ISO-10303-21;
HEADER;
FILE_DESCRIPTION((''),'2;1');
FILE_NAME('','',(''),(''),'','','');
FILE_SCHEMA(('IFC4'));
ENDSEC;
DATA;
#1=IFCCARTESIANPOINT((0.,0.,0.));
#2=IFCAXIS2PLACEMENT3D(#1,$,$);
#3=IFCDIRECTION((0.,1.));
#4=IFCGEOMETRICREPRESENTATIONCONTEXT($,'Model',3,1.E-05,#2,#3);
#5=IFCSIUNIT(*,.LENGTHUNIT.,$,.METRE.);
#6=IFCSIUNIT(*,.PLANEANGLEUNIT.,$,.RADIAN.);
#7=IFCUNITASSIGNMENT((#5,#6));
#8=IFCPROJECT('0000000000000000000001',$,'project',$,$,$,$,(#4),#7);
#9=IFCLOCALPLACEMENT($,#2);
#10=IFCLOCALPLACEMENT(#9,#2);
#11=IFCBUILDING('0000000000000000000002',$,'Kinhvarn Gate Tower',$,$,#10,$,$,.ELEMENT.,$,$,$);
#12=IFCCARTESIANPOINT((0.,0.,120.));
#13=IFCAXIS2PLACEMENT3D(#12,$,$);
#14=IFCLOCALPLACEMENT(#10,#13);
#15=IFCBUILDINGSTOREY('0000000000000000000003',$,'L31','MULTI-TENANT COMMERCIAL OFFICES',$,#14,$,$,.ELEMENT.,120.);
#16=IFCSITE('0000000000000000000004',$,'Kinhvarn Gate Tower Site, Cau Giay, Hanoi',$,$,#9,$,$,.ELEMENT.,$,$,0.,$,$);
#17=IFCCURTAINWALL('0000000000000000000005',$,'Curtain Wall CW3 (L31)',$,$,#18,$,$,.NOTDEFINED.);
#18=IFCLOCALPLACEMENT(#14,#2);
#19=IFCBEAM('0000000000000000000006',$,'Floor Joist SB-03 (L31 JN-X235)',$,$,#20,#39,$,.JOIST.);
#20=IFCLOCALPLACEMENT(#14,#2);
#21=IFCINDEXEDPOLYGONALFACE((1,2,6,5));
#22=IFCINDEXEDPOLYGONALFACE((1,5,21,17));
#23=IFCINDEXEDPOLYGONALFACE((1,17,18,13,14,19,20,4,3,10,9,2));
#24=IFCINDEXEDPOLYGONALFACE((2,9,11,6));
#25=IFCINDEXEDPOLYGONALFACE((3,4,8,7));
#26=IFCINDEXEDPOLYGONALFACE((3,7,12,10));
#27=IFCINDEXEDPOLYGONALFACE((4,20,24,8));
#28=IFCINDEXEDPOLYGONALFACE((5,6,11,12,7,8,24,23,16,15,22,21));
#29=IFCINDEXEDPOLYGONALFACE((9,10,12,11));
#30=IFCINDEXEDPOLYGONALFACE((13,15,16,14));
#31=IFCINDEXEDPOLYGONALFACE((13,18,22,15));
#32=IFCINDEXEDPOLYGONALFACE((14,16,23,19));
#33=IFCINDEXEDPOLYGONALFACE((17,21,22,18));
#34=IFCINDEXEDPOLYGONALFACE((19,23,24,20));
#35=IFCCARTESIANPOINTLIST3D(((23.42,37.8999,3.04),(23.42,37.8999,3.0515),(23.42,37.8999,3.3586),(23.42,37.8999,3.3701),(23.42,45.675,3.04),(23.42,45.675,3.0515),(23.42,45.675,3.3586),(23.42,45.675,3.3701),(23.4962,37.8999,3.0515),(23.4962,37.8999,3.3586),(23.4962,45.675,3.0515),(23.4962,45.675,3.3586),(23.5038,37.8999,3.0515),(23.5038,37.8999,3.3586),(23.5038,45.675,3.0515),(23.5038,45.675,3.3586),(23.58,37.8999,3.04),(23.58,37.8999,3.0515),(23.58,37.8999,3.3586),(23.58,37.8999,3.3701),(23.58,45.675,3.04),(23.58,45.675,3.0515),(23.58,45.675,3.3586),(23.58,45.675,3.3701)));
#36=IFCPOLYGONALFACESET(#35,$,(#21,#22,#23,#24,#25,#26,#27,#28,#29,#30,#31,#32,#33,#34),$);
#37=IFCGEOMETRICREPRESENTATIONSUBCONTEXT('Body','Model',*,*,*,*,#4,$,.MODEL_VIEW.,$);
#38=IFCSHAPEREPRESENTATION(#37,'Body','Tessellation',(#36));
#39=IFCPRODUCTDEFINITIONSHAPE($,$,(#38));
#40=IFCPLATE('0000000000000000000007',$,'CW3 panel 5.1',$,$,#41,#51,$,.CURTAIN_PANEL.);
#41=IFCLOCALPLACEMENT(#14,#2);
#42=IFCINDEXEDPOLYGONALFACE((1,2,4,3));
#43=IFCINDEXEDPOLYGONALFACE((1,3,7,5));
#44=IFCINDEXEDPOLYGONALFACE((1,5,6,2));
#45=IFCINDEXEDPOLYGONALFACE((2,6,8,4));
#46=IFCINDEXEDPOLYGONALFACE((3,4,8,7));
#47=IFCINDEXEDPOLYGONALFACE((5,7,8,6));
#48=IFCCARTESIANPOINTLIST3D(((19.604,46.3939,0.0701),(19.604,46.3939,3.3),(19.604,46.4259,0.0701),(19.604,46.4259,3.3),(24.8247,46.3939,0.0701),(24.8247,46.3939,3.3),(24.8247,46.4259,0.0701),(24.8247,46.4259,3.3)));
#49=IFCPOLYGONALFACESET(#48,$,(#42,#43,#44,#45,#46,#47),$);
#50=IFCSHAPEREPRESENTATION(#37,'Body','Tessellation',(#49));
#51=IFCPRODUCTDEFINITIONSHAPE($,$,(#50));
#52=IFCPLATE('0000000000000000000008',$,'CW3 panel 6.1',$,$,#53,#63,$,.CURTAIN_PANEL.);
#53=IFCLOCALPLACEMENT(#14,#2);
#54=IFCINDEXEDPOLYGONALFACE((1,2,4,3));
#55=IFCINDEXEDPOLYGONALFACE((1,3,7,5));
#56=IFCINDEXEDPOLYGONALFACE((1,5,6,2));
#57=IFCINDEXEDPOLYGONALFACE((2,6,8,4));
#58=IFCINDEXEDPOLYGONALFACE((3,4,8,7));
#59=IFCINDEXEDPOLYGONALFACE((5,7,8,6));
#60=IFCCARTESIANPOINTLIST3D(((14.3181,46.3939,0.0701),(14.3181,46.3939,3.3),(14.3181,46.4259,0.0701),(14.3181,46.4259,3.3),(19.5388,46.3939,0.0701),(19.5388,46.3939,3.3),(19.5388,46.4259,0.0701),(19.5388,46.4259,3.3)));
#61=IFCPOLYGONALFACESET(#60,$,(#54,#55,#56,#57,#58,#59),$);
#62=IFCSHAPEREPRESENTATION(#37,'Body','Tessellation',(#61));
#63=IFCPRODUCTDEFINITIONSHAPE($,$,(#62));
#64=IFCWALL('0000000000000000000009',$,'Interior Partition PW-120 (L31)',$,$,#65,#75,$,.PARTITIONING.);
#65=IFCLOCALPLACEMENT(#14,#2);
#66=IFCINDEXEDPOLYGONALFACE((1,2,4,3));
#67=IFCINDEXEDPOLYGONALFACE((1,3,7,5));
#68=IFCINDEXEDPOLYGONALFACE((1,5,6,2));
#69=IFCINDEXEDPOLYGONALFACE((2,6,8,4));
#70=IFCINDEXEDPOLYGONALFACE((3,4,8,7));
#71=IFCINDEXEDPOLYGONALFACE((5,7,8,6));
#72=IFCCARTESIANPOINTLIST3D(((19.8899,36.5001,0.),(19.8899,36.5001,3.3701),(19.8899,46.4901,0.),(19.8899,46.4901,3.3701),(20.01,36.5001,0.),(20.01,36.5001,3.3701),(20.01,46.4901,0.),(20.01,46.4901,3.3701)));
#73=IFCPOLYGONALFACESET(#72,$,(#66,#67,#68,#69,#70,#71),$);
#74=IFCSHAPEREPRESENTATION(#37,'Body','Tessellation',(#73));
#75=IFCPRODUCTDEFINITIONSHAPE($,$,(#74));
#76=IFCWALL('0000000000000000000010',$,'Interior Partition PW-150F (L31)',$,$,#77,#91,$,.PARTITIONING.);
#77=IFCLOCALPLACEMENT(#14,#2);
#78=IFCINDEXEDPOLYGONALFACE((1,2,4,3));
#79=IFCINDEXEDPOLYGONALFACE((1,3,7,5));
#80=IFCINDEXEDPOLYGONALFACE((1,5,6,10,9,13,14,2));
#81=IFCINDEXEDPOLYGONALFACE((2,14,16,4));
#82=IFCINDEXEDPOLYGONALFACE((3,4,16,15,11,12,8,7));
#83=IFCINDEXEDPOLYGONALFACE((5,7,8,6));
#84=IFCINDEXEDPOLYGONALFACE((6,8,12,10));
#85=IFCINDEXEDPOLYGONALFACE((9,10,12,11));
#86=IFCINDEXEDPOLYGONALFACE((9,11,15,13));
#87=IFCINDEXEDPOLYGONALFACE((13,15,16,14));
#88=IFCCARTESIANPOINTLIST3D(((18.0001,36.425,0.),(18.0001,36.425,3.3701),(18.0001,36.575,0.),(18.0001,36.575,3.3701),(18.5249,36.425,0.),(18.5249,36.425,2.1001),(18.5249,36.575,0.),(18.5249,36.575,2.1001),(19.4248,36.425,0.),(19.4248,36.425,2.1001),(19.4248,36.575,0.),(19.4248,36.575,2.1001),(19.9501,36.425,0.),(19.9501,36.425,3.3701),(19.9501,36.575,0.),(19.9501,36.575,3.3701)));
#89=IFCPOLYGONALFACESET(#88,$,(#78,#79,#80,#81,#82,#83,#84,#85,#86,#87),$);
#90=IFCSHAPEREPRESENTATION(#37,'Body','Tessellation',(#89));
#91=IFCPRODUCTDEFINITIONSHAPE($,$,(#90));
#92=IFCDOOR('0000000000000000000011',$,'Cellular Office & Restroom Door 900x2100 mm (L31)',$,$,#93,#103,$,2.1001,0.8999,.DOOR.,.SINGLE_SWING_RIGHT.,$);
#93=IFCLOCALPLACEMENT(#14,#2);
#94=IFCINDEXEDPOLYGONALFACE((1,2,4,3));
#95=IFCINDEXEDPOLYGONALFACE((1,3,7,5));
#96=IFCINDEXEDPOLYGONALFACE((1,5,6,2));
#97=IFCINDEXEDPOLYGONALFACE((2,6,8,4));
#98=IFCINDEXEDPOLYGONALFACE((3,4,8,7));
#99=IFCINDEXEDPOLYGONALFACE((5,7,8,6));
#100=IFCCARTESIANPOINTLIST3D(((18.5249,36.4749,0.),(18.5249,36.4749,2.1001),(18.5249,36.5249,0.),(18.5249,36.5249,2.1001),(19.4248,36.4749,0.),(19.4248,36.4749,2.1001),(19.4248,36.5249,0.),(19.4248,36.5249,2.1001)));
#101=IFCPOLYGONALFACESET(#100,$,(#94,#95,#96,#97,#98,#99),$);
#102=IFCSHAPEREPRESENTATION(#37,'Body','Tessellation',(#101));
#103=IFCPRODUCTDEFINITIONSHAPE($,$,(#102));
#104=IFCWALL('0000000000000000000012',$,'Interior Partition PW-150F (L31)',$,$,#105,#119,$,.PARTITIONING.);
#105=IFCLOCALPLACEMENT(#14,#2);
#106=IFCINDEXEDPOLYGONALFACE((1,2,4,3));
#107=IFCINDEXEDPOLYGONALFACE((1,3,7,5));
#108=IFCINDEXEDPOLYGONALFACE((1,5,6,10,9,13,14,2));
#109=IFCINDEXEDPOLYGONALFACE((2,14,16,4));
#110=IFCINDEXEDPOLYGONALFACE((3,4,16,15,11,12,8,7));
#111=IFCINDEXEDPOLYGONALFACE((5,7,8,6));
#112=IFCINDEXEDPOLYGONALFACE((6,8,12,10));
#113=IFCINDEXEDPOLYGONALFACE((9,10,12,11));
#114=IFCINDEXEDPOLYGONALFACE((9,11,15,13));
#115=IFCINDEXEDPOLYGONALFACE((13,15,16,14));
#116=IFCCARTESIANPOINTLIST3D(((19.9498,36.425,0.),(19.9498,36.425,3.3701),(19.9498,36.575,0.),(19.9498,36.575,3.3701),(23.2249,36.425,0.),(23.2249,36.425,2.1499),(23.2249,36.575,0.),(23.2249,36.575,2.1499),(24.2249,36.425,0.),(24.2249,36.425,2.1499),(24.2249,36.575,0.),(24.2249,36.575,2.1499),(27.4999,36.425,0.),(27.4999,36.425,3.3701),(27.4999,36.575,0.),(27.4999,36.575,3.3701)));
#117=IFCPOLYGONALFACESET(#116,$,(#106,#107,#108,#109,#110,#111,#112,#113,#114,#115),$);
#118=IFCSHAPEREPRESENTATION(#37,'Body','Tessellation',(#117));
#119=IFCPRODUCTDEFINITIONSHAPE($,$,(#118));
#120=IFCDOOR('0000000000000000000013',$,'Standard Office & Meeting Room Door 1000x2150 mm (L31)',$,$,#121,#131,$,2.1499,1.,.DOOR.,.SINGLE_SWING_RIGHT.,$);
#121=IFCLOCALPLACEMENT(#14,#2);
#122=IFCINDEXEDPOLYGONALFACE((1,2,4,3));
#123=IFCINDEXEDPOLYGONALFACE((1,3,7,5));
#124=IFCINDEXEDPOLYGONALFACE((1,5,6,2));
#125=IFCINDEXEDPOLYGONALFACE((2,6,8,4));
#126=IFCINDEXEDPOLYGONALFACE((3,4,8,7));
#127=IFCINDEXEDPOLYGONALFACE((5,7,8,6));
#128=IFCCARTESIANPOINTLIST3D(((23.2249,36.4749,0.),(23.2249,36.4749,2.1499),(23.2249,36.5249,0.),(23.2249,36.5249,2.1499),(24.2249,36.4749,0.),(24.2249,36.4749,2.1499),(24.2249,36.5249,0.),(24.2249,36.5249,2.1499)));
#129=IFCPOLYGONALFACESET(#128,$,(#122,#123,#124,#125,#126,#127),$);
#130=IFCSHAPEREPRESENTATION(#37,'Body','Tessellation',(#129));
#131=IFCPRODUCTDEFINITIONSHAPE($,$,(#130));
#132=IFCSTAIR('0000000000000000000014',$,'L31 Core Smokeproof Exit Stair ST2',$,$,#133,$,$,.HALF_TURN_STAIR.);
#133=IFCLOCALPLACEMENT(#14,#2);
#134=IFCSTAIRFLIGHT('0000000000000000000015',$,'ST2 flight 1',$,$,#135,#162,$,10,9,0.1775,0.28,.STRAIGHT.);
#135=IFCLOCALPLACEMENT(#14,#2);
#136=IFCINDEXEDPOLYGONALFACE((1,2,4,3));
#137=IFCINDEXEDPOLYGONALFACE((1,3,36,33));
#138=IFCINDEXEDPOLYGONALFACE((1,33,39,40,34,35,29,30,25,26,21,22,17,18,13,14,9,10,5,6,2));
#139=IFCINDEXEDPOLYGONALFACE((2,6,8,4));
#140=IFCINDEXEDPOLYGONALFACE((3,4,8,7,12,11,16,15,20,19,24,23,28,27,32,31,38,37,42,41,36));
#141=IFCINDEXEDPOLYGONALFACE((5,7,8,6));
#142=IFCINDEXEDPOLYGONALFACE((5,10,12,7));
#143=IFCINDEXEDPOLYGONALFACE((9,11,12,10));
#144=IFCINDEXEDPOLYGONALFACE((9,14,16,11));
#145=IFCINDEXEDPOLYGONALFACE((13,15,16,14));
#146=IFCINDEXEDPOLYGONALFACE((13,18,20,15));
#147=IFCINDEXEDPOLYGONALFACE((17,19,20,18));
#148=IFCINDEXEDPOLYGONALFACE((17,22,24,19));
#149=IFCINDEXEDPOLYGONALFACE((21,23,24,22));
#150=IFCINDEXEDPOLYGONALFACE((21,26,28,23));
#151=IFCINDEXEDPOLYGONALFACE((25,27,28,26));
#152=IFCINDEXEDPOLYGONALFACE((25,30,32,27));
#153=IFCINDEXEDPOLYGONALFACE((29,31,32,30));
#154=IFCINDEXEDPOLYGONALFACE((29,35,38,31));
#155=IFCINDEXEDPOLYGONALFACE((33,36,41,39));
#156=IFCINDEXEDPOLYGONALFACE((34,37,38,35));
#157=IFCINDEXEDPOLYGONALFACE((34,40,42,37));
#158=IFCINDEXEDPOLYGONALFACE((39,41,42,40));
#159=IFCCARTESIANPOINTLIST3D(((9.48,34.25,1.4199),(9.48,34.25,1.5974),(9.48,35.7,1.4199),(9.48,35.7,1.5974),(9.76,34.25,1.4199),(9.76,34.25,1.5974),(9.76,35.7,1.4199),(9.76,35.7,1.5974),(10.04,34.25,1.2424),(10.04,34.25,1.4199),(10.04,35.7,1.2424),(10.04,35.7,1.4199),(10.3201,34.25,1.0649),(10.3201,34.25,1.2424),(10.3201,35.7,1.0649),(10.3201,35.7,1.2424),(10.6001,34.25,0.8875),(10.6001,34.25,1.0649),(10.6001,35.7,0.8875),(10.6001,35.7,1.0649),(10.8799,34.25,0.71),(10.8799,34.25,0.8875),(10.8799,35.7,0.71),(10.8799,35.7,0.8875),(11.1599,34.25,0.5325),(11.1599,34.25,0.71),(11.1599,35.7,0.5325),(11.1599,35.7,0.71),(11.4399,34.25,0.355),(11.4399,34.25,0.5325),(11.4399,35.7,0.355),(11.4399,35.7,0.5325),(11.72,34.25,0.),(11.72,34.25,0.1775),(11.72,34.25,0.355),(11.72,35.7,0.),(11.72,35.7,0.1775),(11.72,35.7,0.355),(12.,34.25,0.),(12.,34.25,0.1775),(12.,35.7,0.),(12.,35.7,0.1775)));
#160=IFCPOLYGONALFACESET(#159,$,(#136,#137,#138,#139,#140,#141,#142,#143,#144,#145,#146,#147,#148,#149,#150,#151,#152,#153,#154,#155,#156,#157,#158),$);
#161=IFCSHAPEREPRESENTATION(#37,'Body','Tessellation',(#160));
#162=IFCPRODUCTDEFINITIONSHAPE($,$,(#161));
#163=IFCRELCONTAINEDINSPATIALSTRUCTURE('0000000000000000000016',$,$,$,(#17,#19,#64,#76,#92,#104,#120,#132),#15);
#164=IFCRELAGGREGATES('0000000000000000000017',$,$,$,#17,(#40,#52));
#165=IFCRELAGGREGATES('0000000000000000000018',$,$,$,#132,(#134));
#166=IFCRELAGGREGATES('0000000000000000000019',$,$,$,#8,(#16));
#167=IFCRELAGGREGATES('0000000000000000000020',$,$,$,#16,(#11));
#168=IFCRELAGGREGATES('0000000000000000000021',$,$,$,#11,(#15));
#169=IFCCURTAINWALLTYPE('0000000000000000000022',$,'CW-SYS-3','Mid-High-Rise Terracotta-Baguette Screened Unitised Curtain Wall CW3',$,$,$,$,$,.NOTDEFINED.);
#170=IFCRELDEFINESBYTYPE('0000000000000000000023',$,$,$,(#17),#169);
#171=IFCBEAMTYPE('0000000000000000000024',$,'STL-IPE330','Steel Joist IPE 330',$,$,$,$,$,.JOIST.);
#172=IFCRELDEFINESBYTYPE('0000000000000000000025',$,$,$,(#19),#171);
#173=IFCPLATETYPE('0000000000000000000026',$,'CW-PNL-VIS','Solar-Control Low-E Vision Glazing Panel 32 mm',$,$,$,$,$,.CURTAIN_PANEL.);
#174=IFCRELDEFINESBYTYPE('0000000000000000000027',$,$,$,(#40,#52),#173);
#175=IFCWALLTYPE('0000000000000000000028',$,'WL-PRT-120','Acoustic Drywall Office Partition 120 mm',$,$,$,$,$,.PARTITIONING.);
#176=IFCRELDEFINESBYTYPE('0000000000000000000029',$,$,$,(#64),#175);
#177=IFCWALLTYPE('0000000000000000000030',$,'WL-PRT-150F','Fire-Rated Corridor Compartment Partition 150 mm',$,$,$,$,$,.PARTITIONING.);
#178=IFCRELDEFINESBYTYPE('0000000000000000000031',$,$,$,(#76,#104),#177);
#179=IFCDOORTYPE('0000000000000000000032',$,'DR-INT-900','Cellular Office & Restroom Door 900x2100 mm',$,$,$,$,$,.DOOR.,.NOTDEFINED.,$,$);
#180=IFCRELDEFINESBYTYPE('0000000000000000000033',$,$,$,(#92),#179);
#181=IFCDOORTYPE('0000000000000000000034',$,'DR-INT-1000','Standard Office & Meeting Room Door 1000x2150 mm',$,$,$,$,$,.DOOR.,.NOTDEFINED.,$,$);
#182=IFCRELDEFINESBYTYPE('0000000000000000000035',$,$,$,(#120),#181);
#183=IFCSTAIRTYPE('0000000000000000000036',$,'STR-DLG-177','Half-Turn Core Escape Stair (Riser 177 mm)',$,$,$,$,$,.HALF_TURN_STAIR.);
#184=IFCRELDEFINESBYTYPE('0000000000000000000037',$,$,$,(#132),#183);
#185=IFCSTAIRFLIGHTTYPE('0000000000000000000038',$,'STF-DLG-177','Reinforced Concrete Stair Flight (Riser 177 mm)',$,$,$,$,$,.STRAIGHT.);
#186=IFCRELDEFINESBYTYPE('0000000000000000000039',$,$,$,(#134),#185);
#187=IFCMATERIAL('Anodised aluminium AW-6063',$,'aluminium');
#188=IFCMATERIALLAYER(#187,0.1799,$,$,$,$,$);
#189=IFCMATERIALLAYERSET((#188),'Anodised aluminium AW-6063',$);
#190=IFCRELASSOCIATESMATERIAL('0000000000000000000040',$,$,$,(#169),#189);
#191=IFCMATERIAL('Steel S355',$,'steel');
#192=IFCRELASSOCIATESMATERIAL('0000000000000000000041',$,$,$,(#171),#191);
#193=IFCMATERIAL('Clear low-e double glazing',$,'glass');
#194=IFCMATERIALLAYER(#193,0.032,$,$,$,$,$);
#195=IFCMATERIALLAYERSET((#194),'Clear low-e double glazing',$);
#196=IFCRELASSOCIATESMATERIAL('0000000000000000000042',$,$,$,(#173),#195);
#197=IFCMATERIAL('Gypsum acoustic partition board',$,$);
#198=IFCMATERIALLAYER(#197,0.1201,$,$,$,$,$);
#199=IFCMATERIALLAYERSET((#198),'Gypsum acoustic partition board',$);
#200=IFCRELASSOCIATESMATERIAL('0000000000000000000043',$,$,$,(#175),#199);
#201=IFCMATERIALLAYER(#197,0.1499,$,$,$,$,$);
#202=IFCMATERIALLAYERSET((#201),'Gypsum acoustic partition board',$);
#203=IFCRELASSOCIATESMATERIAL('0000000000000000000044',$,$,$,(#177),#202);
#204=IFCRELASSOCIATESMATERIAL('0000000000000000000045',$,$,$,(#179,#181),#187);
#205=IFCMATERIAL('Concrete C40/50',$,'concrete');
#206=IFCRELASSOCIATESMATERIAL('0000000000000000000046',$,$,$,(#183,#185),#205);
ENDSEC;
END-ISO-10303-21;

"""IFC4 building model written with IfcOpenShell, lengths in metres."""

from ifc_helpers import new_model, si_unit, direction, frame, frame_2d, origin, origin_2d, place, context, subcontext, project, spatial, polyline, rectangle, i_section, outline, extrude, material, layer, layer_set, material_profile, profile_set, type_object, element, fill, aggregate, save


model = new_model("IFC4")

# Units and contexts
model_context = context("Model", 3, precision=1e-05, world=origin(), true_north=direction((0.0, 1.0)))
body_context = subcontext(model_context, "Body", "Model", "MODEL_VIEW")
ifc_project = project(units=[si_unit("LENGTHUNIT", "METRE"), si_unit("PLANEANGLEUNIT", "RADIAN")], contexts=[model_context])

# Site, building, storey
site_placement = place(None, origin())
site = spatial("IfcSite", under=ifc_project, at=site_placement, Name="Kinhvarn Gate Tower Site, Cau Giay, Hanoi", CompositionType="ELEMENT", RefElevation=0.0)
building_placement = place(site_placement, origin())
building = spatial("IfcBuilding", under=site, at=building_placement, Name="Kinhvarn Gate Tower", CompositionType="ELEMENT")
storey_placement = place(building_placement, frame((0.0, 0.0, 120.0)))
storey = spatial("IfcBuildingStorey", under=building, at=storey_placement, Name="L31", Description="MULTI-TENANT COMMERCIAL OFFICES", CompositionType="ELEMENT", Elevation=120.0)

# Curtain wall
ifc_material_1 = material(Name="Anodised aluminium AW-6063", Category="aluminium")
ifc_layer_1 = layer(ifc_material_1, 0.1799)
ifc_layer_set_1 = layer_set([ifc_layer_1], Name="Anodised aluminium AW-6063")
curtain_wall_type = type_object("IfcCurtainWallType", Name="CW-SYS-3", Description="Mid-High-Rise Terracotta-Baguette Screened Unitised Curtain Wall CW3", PredefinedType="NOTDEFINED", material=ifc_layer_set_1)
curtain_wall_placement = place(storey_placement, origin())
curtain_wall = element("IfcCurtainWall", 1, at=curtain_wall_placement, inside=storey, type_object=curtain_wall_type, Name="Curtain Wall CW3 (L31)", PredefinedType="NOTDEFINED")

# Beam
ifc_material_2 = material(Name="Steel S355", Category="steel")
ifc_material_profile_1 = material_profile(ifc_material_2, i_section(OverallWidth=0.1599, OverallDepth=0.3301, WebThickness=0.0076, FlangeThickness=0.0115, at=origin_2d()), Name="IPE 330")
ifc_profile_set_1 = profile_set([ifc_material_profile_1], Name="Steel S355")
beam_type_1 = type_object("IfcBeamType", Name="STL-IPE330", Description="Steel Joist IPE 330", PredefinedType="JOIST", material=ifc_profile_set_1)
for number, where, z_axis, x_axis, name in (
    (2, (23.5, 37.8999, 3.2051), (0.0, 1.0, 0.0), (-1.0, 0.0, 0.0), "Floor Joist SB-03 (L31 JN-X235)"),
):
    element("IfcBeam", number, at=place(storey_placement, frame(where, z_axis=z_axis, x_axis=x_axis)), inside=storey, type_object=beam_type_1, Name=name, PredefinedType="JOIST", context=body_context, shape_type="SweptSolid", body=[
        extrude(i_section(OverallWidth=0.1599, OverallDepth=0.3301, WebThickness=0.0076, FlangeThickness=0.0115, at=origin_2d()), origin(), (0.0, 0.0, 1.0), 7.7751),
    ])

# Plates
ifc_material_3 = material(Name="Clear low-e double glazing", Category="glass")
ifc_layer_2 = layer(ifc_material_3, 0.032)
ifc_layer_set_2 = layer_set([ifc_layer_2], Name="Clear low-e double glazing")
plate_type = type_object("IfcPlateType", Name="CW-PNL-VIS", Description="Solar-Control Low-E Vision Glazing Panel 32 mm", PredefinedType="CURTAIN_PANEL", material=ifc_layer_set_2)
plate_1_placement = place(storey_placement, frame((22.2144, 46.4099, 0.0701), z_axis=(0.0, 0.0, 1.0), x_axis=(-1.0, 0.0, 0.0)))
plate_1 = element("IfcPlate", 3, at=plate_1_placement, type_object=plate_type, Name="CW3 panel 5.1", PredefinedType="CURTAIN_PANEL", context=body_context, shape_type="SweptSolid", body=[
    extrude(rectangle(XDim=5.2207, YDim=0.032, at=origin_2d()), origin(), (0.0, 0.0, 1.0), 3.23),
])
plate_2_placement = place(storey_placement, frame((16.9285, 46.4099, 0.0701), z_axis=(0.0, 0.0, 1.0), x_axis=(-1.0, 0.0, 0.0)))
plate_2 = element("IfcPlate", 4, at=plate_2_placement, type_object=plate_type, Name="CW3 panel 6.1", PredefinedType="CURTAIN_PANEL", context=body_context, shape_type="SweptSolid", body=[
    extrude(rectangle(XDim=5.2207, YDim=0.032, at=origin_2d()), origin(), (0.0, 0.0, 1.0), 3.23),
])
aggregate(curtain_wall, [plate_1, plate_2])

# Wall
ifc_material_4 = material(Name="Gypsum acoustic partition board")
ifc_layer_3 = layer(ifc_material_4, 0.1201)
ifc_layer_set_3 = layer_set([ifc_layer_3], Name="Gypsum acoustic partition board")
wall_type_1 = type_object("IfcWallType", Name="WL-PRT-120", Description="Acoustic Drywall Office Partition 120 mm", PredefinedType="PARTITIONING", material=ifc_layer_set_3)
wall_1_placement = place(storey_placement, frame((19.95, 36.5, 0.0), z_axis=(0.0, 0.0, 1.0), x_axis=(0.0, 1.0, 0.0)))
element("IfcWall", 5, at=wall_1_placement, inside=storey, type_object=wall_type_1, Name="Interior Partition PW-120 (L31)", PredefinedType="PARTITIONING", context=body_context, shape_type="SweptSolid", body=[
    extrude(rectangle(XDim=9.99, YDim=0.1201, at=frame_2d((4.9951, 0.0))), origin(), (0.0, 0.0, 1.0), 3.3701),
])

# Walls, openings, doors
ifc_layer_4 = layer(ifc_material_4, 0.1499)
ifc_layer_set_4 = layer_set([ifc_layer_4], Name="Gypsum acoustic partition board")
wall_type_2 = type_object("IfcWallType", Name="WL-PRT-150F", Description="Fire-Rated Corridor Compartment Partition 150 mm", PredefinedType="PARTITIONING", material=ifc_layer_set_4)
wall_2_placement = place(storey_placement, frame((18.0, 36.5, 0.0), z_axis=(0.0, 0.0, 1.0), x_axis=(1.0, 0.0, 0.0)))
wall_2 = element("IfcWall", 6, at=wall_2_placement, inside=storey, type_object=wall_type_2, Name="Interior Partition PW-150F (L31)", PredefinedType="PARTITIONING", context=body_context, shape_type="SweptSolid", body=[
    extrude(rectangle(XDim=1.95, YDim=0.1499, at=frame_2d((0.9751, 0.0))), origin(), (0.0, 0.0, 1.0), 3.3701),
])
opening_1_placement = place(wall_2_placement, frame((0.5249, 0.0, 0.0)))
opening_1 = element("IfcOpeningElement", 7, at=opening_1_placement, cuts=wall_2, PredefinedType="OPENING", context=body_context, shape_type="SweptSolid", body=[
    extrude(rectangle(XDim=0.8999, YDim=2.1001, at=frame_2d((0.45, 1.05))), frame((0.0, 0.085, 0.0), z_axis=(0.0, -1.0, 0.0), x_axis=(1.0, 0.0, 0.0)), (0.0, 0.0, 1.0), 0.1699),
])
door_type_1 = type_object("IfcDoorType", Name="DR-INT-900", Description="Cellular Office & Restroom Door 900x2100 mm", OperationType="NOTDEFINED", PredefinedType="DOOR", material=ifc_material_1)
door_1_placement = place(opening_1_placement, origin())
door_1 = element("IfcDoor", 8, at=door_1_placement, inside=storey, type_object=door_type_1, Name="Cellular Office & Restroom Door 900x2100 mm (L31)", OperationType="SINGLE_SWING_RIGHT", OverallHeight=2.1001, OverallWidth=0.8999, PredefinedType="DOOR", context=body_context, shape_type="SweptSolid", body=[
    extrude(rectangle(XDim=0.8999, YDim=2.1001, at=frame_2d((0.45, 1.05))), frame((0.0, 0.0249, 0.0), z_axis=(0.0, -1.0, 0.0), x_axis=(1.0, 0.0, 0.0)), (0.0, 0.0, 1.0), 0.05),
])
fill(opening_1, door_1)
door_type_2 = type_object("IfcDoorType", Name="DR-INT-1000", Description="Standard Office & Meeting Room Door 1000x2150 mm", OperationType="NOTDEFINED", PredefinedType="DOOR", material=ifc_material_1)
wall_3_placement = place(storey_placement, frame((19.95, 36.5, 0.0), z_axis=(0.0, 0.0, 1.0), x_axis=(1.0, 0.0, 0.0)))
wall_3 = element("IfcWall", 9, at=wall_3_placement, inside=storey, type_object=wall_type_2, Name="Interior Partition PW-150F (L31)", PredefinedType="PARTITIONING", context=body_context, shape_type="SweptSolid", body=[
    extrude(rectangle(XDim=7.55, YDim=0.1499, at=frame_2d((3.7749, 0.0))), origin(), (0.0, 0.0, 1.0), 3.3701),
])
opening_2_placement = place(wall_3_placement, frame((3.2749, 0.0, 0.0)))
opening_2 = element("IfcOpeningElement", 10, at=opening_2_placement, cuts=wall_3, PredefinedType="OPENING", context=body_context, shape_type="SweptSolid", body=[
    extrude(rectangle(XDim=1.0, YDim=2.1499, at=frame_2d((0.5, 1.075))), frame((0.0, 0.085, 0.0), z_axis=(0.0, -1.0, 0.0), x_axis=(1.0, 0.0, 0.0)), (0.0, 0.0, 1.0), 0.1699),
])
door_2_placement = place(opening_2_placement, origin())
door_2 = element("IfcDoor", 11, at=door_2_placement, inside=storey, type_object=door_type_2, Name="Standard Office & Meeting Room Door 1000x2150 mm (L31)", OperationType="SINGLE_SWING_RIGHT", OverallHeight=2.1499, OverallWidth=1.0, PredefinedType="DOOR", context=body_context, shape_type="SweptSolid", body=[
    extrude(rectangle(XDim=1.0, YDim=2.1499, at=frame_2d((0.5, 1.075))), frame((0.0, 0.0249, 0.0), z_axis=(0.0, -1.0, 0.0), x_axis=(1.0, 0.0, 0.0)), (0.0, 0.0, 1.0), 0.05),
])
fill(opening_2, door_2)
ifc_material_5 = material(Name="Concrete C40/50", Category="concrete")

# Stair, stair flight
stair_type = type_object("IfcStairType", Name="STR-DLG-177", Description="Half-Turn Core Escape Stair (Riser 177 mm)", PredefinedType="HALF_TURN_STAIR", material=ifc_material_5)
stair_placement = place(storey_placement, origin())
stair = element("IfcStair", 12, at=stair_placement, inside=storey, type_object=stair_type, Name="L31 Core Smokeproof Exit Stair ST2", PredefinedType="HALF_TURN_STAIR")
stair_flight_type = type_object("IfcStairFlightType", Name="STF-DLG-177", Description="Reinforced Concrete Stair Flight (Riser 177 mm)", PredefinedType="STRAIGHT", material=ifc_material_5)
stair_flight_placement = place(storey_placement, frame((12.0, 34.9751, 0.0), z_axis=(0.0, 0.0, 1.0), x_axis=(-1.0, 0.0, 0.0)))
stair_flight = element("IfcStairFlight", 13, at=stair_flight_placement, type_object=stair_flight_type, Name="ST2 flight 1", NumberOfRisers=10, NumberOfTreads=9, PredefinedType="STRAIGHT", RiserHeight=0.1775, TreadLength=0.28, context=body_context, shape_type="SweptSolid", body=[
    extrude(outline(polyline([(0.0, 0.0), (0.0, 0.1775), (0.28, 0.1775), (0.28, 0.355), (0.5601, 0.355), (0.5601, 0.5325), (0.8401, 0.5325), (0.8401, 0.71), (1.1201, 0.71), (1.1201, 0.8875), (1.3999, 0.8875), (1.3999, 1.0649), (1.6799, 1.0649), (1.6799, 1.2424), (1.96, 1.2424), (1.96, 1.4199), (2.24, 1.4199), (2.24, 1.5974), (2.52, 1.5974), (2.52, 1.7749), (2.52, 1.4199), (0.28, 0.0), (0.0, 0.0)])), frame((0.0, 0.7251, 0.0), z_axis=(0.0, -1.0, 0.0), x_axis=(1.0, 0.0, 0.0)), (0.0, 0.0, 1.0), 1.45),
])
aggregate(stair, [stair_flight])

save(model, "model.ifc")
